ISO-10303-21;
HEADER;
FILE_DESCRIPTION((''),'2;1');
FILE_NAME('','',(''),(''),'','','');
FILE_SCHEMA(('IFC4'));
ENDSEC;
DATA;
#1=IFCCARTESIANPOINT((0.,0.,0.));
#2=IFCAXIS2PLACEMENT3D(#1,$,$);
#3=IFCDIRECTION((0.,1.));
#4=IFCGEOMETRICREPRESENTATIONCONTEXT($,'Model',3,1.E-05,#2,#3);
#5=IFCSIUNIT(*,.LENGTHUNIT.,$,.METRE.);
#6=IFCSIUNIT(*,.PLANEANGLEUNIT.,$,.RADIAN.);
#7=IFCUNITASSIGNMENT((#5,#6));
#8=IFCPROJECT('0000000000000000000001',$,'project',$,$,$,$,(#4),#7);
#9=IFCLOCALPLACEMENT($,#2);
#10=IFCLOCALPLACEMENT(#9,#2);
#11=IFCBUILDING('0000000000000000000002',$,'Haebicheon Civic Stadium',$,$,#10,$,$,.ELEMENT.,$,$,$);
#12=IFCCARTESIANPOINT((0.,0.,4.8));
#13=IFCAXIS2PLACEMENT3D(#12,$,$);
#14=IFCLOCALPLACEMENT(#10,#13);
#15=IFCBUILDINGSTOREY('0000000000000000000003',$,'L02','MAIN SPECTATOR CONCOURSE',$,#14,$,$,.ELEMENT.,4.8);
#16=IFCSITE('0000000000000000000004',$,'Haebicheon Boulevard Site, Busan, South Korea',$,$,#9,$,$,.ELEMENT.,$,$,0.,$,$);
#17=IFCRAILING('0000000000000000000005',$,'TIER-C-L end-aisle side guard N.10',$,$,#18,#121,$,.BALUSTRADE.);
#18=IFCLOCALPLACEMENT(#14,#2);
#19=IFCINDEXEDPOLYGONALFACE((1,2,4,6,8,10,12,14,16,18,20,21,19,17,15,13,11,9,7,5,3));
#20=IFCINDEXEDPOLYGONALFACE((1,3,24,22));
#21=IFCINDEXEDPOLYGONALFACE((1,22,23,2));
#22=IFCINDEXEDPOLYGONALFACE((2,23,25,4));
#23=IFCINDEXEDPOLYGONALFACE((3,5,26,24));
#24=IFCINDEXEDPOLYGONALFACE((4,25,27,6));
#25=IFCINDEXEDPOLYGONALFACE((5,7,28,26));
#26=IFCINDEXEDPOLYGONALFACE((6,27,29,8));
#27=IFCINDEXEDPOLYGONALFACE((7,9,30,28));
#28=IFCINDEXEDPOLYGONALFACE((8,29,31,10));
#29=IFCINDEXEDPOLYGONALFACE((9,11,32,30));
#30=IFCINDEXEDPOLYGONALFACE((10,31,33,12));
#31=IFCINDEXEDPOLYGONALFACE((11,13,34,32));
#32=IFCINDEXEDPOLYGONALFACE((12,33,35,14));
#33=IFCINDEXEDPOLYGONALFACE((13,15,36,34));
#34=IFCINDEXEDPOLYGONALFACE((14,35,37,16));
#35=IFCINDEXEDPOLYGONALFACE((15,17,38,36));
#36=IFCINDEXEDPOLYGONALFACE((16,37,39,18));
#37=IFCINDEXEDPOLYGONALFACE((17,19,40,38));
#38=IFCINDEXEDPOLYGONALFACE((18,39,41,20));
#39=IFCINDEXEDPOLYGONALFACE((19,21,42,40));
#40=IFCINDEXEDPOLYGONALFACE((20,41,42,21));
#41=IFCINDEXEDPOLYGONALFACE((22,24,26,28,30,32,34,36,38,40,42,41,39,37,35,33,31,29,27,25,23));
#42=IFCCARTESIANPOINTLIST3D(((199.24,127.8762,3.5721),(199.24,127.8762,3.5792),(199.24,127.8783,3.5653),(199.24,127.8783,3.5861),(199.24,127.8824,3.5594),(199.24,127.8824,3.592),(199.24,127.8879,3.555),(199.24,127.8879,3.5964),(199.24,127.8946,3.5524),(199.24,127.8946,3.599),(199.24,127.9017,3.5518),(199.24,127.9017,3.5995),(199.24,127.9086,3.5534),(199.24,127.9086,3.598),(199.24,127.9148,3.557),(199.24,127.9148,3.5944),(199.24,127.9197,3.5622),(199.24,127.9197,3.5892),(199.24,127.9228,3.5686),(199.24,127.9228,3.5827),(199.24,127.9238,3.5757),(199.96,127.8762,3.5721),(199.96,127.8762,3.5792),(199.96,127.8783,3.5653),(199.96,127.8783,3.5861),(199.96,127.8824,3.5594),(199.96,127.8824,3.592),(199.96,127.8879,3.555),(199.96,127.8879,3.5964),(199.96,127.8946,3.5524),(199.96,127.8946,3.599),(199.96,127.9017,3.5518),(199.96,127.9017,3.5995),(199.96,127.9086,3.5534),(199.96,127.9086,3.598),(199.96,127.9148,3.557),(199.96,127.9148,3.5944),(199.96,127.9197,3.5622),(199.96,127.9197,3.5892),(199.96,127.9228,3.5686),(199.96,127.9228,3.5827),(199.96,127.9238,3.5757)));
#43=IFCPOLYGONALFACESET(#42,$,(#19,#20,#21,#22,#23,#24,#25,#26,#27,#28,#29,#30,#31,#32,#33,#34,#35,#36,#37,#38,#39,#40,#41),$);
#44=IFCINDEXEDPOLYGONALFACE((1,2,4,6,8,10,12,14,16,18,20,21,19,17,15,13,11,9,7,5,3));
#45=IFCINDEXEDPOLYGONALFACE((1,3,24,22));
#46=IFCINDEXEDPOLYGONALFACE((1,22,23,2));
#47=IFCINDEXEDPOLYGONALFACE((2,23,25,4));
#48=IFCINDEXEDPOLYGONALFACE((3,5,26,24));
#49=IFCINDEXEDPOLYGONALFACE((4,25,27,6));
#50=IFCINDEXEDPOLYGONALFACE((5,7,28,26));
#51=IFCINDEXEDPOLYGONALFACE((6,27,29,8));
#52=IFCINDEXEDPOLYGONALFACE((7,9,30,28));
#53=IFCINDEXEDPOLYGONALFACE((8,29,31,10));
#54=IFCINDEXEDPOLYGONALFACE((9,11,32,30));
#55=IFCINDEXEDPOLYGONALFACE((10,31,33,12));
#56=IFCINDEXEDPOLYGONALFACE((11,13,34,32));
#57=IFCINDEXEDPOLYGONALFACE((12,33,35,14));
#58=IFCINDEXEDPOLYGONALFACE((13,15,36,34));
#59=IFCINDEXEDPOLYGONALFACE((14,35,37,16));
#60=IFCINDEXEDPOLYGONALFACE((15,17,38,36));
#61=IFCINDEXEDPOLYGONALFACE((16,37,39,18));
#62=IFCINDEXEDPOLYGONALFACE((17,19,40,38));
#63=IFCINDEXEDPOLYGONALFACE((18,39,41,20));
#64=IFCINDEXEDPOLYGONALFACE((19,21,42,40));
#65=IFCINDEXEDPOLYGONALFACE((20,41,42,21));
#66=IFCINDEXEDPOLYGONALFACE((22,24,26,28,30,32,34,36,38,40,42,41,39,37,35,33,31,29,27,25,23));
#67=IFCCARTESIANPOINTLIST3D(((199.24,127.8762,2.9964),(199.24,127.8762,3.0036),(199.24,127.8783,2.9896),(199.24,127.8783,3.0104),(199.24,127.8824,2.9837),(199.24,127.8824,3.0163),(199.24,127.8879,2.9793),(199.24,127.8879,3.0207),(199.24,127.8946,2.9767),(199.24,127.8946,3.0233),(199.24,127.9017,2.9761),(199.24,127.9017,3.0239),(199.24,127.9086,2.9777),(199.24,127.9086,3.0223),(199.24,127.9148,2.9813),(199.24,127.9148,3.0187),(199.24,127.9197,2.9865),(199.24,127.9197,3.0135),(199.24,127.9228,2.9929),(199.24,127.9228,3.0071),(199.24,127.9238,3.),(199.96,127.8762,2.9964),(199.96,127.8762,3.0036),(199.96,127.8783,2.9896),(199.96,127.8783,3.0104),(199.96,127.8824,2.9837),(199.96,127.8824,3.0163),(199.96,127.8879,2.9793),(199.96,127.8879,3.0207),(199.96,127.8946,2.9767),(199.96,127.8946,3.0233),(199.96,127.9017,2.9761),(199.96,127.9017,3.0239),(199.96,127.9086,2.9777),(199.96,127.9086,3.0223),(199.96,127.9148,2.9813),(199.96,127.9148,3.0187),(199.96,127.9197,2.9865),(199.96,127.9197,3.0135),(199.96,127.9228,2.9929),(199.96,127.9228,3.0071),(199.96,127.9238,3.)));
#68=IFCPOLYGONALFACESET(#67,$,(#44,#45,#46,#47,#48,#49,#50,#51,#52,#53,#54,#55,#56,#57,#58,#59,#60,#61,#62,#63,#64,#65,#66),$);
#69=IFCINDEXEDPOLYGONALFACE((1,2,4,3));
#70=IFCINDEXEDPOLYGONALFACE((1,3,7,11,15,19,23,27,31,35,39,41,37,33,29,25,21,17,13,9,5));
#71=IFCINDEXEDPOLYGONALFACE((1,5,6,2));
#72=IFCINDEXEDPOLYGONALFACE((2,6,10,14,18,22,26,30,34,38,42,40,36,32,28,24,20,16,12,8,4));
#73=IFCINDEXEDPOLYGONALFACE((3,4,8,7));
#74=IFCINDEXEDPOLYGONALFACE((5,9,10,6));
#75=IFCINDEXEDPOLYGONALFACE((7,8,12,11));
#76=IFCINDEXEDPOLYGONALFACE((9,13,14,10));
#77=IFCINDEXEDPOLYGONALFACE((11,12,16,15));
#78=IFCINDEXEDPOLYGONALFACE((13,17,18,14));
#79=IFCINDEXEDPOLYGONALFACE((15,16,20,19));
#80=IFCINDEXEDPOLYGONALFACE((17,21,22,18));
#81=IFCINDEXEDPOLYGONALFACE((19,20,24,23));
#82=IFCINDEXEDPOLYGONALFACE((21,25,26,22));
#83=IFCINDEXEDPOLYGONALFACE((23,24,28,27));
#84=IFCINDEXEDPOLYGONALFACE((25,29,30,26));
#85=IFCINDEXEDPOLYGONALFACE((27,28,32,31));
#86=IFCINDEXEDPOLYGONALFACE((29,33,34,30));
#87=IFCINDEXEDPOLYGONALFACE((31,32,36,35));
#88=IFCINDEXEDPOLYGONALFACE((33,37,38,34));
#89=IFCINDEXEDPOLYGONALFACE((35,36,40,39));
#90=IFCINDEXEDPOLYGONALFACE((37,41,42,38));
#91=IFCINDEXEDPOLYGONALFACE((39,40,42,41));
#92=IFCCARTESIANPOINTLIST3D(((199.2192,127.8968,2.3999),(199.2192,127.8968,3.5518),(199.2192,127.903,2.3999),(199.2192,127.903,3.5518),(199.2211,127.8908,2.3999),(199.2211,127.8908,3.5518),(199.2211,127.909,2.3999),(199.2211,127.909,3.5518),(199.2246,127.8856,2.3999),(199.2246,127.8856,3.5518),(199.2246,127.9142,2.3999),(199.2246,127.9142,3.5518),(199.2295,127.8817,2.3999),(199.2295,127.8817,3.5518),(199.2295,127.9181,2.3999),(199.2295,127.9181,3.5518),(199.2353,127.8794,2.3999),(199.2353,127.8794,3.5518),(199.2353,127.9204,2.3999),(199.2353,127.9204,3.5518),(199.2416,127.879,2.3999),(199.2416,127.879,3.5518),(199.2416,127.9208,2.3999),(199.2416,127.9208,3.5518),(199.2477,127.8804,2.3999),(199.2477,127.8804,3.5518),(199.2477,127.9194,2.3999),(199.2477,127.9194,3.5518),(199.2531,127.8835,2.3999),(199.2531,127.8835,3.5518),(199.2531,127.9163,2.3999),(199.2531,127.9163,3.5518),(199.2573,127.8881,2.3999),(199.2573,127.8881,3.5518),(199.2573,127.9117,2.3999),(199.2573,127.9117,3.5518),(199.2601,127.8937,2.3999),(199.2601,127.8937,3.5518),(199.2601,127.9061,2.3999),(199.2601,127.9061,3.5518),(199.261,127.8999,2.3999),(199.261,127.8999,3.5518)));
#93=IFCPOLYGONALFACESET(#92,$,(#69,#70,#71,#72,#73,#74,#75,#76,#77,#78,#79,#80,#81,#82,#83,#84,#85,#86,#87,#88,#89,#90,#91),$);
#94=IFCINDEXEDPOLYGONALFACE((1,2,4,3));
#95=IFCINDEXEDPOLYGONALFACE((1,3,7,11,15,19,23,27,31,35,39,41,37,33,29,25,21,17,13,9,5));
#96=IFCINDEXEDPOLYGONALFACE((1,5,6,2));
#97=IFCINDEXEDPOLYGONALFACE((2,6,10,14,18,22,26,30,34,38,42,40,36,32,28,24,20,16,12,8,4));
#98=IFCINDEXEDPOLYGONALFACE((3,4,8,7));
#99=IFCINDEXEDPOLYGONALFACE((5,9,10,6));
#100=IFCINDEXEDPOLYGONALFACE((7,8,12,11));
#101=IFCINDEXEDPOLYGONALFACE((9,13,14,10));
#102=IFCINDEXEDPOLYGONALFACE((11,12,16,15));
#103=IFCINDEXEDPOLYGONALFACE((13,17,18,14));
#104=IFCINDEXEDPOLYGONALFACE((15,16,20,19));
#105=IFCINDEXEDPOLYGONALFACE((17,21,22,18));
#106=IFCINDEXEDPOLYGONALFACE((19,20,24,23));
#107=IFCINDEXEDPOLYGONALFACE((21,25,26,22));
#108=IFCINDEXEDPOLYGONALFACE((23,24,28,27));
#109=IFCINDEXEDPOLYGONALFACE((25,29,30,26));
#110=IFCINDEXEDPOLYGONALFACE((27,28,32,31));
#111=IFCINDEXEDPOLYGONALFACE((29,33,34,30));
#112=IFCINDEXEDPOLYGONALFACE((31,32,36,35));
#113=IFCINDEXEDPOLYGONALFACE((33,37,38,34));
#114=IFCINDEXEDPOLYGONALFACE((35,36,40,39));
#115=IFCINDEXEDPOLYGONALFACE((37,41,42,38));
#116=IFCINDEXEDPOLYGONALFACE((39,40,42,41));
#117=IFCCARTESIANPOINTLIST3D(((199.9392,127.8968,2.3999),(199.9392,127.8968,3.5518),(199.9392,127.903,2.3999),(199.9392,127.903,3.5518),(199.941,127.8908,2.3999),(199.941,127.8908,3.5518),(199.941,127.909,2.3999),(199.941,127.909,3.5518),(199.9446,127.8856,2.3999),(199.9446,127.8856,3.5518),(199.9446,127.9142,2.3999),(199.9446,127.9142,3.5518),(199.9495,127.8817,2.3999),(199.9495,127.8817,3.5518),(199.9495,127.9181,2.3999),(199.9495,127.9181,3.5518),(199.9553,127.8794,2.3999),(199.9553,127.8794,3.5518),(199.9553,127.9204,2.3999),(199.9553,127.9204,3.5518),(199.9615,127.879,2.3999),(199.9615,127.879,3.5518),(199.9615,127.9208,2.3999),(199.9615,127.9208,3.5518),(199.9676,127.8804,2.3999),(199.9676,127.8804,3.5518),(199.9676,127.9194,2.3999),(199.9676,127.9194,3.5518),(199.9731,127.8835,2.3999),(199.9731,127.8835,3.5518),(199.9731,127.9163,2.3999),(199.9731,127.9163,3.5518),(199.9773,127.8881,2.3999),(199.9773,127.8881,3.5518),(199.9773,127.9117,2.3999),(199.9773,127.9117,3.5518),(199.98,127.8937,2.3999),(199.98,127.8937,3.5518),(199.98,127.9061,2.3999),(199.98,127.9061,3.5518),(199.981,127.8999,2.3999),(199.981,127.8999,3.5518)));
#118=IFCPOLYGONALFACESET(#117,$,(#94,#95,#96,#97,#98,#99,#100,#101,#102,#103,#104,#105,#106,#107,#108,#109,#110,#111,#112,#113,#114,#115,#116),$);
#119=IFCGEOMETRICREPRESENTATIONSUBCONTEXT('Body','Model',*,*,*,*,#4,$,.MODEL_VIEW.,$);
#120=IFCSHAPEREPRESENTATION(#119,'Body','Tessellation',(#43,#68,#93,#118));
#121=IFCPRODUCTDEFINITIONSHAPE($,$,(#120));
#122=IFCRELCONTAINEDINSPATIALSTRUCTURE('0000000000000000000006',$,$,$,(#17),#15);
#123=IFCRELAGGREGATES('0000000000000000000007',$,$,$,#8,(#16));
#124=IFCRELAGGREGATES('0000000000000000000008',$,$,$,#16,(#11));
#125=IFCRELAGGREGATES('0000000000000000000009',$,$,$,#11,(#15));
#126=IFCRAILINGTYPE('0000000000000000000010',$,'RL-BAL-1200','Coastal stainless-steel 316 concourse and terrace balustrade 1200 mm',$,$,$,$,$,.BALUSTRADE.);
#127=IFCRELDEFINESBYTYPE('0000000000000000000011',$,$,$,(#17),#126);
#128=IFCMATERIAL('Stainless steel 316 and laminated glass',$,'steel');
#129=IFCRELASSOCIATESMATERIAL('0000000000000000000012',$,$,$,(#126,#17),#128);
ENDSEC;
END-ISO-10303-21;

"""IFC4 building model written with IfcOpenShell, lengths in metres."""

from ifc_helpers import new_model, si_unit, direction, frame, origin, origin_2d, place, context, subcontext, project, spatial, circle, extrude, material, type_object, element, save


model = new_model("IFC4")

# Units and contexts
model_context = context("Model", 3, precision=1e-05, world=origin(), true_north=direction((0.0, 1.0)))
body_context = subcontext(model_context, "Body", "Model", "MODEL_VIEW")
ifc_project = project(units=[si_unit("LENGTHUNIT", "METRE"), si_unit("PLANEANGLEUNIT", "RADIAN")], contexts=[model_context])

# Site, building, storey
site_placement = place(None, origin())
site = spatial("IfcSite", under=ifc_project, at=site_placement, Name="Haebicheon Boulevard Site, Busan, South Korea", CompositionType="ELEMENT", RefElevation=0.0)
building_placement = place(site_placement, origin())
building = spatial("IfcBuilding", under=site, at=building_placement, Name="Haebicheon Civic Stadium", CompositionType="ELEMENT")
storey_placement = place(building_placement, frame((0.0, 0.0, 4.8)))
storey = spatial("IfcBuildingStorey", under=building, at=storey_placement, Name="L02", Description="MAIN SPECTATOR CONCOURSE", CompositionType="ELEMENT", Elevation=4.8)

# Railing
ifc_material_1 = material(Name="Stainless steel 316 and laminated glass", Category="steel")
railing_type_1 = type_object("IfcRailingType", Name="RL-BAL-1200", Description="Coastal stainless-steel 316 concourse and terrace balustrade 1200 mm", PredefinedType="BALUSTRADE", material=ifc_material_1)
for number, where, name in (
    (1, (199.24, 127.8999, 2.3999), "TIER-C-L end-aisle side guard N.10"),
):
    element("IfcRailing", number, at=place(storey_placement, frame(where)), inside=storey, type_object=railing_type_1, material=ifc_material_1, Name=name, PredefinedType="BALUSTRADE", context=body_context, shape_type="SweptSolid", body=[
        extrude(circle(Radius=0.0239, at=origin_2d()), frame((0.0, 0.0, 1.1758), z_axis=(1.0, 0.0, 0.0), x_axis=(0.0, 1.0, 0.0)), (0.0, 0.0, 1.0), 0.72),
        extrude(circle(Radius=0.0239, at=origin_2d()), frame((0.0, 0.0, 0.6001), z_axis=(1.0, 0.0, 0.0), x_axis=(0.0, 1.0, 0.0)), (0.0, 0.0, 1.0), 0.72),
        extrude(circle(Radius=0.021, at=origin_2d()), origin(), (0.0, 0.0, 1.0), 1.1519),
        extrude(circle(Radius=0.021, at=origin_2d()), frame((0.72, 0.0, 0.0)), (0.0, 0.0, 1.0), 1.1519),
    ])

save(model, "model.ifc")
